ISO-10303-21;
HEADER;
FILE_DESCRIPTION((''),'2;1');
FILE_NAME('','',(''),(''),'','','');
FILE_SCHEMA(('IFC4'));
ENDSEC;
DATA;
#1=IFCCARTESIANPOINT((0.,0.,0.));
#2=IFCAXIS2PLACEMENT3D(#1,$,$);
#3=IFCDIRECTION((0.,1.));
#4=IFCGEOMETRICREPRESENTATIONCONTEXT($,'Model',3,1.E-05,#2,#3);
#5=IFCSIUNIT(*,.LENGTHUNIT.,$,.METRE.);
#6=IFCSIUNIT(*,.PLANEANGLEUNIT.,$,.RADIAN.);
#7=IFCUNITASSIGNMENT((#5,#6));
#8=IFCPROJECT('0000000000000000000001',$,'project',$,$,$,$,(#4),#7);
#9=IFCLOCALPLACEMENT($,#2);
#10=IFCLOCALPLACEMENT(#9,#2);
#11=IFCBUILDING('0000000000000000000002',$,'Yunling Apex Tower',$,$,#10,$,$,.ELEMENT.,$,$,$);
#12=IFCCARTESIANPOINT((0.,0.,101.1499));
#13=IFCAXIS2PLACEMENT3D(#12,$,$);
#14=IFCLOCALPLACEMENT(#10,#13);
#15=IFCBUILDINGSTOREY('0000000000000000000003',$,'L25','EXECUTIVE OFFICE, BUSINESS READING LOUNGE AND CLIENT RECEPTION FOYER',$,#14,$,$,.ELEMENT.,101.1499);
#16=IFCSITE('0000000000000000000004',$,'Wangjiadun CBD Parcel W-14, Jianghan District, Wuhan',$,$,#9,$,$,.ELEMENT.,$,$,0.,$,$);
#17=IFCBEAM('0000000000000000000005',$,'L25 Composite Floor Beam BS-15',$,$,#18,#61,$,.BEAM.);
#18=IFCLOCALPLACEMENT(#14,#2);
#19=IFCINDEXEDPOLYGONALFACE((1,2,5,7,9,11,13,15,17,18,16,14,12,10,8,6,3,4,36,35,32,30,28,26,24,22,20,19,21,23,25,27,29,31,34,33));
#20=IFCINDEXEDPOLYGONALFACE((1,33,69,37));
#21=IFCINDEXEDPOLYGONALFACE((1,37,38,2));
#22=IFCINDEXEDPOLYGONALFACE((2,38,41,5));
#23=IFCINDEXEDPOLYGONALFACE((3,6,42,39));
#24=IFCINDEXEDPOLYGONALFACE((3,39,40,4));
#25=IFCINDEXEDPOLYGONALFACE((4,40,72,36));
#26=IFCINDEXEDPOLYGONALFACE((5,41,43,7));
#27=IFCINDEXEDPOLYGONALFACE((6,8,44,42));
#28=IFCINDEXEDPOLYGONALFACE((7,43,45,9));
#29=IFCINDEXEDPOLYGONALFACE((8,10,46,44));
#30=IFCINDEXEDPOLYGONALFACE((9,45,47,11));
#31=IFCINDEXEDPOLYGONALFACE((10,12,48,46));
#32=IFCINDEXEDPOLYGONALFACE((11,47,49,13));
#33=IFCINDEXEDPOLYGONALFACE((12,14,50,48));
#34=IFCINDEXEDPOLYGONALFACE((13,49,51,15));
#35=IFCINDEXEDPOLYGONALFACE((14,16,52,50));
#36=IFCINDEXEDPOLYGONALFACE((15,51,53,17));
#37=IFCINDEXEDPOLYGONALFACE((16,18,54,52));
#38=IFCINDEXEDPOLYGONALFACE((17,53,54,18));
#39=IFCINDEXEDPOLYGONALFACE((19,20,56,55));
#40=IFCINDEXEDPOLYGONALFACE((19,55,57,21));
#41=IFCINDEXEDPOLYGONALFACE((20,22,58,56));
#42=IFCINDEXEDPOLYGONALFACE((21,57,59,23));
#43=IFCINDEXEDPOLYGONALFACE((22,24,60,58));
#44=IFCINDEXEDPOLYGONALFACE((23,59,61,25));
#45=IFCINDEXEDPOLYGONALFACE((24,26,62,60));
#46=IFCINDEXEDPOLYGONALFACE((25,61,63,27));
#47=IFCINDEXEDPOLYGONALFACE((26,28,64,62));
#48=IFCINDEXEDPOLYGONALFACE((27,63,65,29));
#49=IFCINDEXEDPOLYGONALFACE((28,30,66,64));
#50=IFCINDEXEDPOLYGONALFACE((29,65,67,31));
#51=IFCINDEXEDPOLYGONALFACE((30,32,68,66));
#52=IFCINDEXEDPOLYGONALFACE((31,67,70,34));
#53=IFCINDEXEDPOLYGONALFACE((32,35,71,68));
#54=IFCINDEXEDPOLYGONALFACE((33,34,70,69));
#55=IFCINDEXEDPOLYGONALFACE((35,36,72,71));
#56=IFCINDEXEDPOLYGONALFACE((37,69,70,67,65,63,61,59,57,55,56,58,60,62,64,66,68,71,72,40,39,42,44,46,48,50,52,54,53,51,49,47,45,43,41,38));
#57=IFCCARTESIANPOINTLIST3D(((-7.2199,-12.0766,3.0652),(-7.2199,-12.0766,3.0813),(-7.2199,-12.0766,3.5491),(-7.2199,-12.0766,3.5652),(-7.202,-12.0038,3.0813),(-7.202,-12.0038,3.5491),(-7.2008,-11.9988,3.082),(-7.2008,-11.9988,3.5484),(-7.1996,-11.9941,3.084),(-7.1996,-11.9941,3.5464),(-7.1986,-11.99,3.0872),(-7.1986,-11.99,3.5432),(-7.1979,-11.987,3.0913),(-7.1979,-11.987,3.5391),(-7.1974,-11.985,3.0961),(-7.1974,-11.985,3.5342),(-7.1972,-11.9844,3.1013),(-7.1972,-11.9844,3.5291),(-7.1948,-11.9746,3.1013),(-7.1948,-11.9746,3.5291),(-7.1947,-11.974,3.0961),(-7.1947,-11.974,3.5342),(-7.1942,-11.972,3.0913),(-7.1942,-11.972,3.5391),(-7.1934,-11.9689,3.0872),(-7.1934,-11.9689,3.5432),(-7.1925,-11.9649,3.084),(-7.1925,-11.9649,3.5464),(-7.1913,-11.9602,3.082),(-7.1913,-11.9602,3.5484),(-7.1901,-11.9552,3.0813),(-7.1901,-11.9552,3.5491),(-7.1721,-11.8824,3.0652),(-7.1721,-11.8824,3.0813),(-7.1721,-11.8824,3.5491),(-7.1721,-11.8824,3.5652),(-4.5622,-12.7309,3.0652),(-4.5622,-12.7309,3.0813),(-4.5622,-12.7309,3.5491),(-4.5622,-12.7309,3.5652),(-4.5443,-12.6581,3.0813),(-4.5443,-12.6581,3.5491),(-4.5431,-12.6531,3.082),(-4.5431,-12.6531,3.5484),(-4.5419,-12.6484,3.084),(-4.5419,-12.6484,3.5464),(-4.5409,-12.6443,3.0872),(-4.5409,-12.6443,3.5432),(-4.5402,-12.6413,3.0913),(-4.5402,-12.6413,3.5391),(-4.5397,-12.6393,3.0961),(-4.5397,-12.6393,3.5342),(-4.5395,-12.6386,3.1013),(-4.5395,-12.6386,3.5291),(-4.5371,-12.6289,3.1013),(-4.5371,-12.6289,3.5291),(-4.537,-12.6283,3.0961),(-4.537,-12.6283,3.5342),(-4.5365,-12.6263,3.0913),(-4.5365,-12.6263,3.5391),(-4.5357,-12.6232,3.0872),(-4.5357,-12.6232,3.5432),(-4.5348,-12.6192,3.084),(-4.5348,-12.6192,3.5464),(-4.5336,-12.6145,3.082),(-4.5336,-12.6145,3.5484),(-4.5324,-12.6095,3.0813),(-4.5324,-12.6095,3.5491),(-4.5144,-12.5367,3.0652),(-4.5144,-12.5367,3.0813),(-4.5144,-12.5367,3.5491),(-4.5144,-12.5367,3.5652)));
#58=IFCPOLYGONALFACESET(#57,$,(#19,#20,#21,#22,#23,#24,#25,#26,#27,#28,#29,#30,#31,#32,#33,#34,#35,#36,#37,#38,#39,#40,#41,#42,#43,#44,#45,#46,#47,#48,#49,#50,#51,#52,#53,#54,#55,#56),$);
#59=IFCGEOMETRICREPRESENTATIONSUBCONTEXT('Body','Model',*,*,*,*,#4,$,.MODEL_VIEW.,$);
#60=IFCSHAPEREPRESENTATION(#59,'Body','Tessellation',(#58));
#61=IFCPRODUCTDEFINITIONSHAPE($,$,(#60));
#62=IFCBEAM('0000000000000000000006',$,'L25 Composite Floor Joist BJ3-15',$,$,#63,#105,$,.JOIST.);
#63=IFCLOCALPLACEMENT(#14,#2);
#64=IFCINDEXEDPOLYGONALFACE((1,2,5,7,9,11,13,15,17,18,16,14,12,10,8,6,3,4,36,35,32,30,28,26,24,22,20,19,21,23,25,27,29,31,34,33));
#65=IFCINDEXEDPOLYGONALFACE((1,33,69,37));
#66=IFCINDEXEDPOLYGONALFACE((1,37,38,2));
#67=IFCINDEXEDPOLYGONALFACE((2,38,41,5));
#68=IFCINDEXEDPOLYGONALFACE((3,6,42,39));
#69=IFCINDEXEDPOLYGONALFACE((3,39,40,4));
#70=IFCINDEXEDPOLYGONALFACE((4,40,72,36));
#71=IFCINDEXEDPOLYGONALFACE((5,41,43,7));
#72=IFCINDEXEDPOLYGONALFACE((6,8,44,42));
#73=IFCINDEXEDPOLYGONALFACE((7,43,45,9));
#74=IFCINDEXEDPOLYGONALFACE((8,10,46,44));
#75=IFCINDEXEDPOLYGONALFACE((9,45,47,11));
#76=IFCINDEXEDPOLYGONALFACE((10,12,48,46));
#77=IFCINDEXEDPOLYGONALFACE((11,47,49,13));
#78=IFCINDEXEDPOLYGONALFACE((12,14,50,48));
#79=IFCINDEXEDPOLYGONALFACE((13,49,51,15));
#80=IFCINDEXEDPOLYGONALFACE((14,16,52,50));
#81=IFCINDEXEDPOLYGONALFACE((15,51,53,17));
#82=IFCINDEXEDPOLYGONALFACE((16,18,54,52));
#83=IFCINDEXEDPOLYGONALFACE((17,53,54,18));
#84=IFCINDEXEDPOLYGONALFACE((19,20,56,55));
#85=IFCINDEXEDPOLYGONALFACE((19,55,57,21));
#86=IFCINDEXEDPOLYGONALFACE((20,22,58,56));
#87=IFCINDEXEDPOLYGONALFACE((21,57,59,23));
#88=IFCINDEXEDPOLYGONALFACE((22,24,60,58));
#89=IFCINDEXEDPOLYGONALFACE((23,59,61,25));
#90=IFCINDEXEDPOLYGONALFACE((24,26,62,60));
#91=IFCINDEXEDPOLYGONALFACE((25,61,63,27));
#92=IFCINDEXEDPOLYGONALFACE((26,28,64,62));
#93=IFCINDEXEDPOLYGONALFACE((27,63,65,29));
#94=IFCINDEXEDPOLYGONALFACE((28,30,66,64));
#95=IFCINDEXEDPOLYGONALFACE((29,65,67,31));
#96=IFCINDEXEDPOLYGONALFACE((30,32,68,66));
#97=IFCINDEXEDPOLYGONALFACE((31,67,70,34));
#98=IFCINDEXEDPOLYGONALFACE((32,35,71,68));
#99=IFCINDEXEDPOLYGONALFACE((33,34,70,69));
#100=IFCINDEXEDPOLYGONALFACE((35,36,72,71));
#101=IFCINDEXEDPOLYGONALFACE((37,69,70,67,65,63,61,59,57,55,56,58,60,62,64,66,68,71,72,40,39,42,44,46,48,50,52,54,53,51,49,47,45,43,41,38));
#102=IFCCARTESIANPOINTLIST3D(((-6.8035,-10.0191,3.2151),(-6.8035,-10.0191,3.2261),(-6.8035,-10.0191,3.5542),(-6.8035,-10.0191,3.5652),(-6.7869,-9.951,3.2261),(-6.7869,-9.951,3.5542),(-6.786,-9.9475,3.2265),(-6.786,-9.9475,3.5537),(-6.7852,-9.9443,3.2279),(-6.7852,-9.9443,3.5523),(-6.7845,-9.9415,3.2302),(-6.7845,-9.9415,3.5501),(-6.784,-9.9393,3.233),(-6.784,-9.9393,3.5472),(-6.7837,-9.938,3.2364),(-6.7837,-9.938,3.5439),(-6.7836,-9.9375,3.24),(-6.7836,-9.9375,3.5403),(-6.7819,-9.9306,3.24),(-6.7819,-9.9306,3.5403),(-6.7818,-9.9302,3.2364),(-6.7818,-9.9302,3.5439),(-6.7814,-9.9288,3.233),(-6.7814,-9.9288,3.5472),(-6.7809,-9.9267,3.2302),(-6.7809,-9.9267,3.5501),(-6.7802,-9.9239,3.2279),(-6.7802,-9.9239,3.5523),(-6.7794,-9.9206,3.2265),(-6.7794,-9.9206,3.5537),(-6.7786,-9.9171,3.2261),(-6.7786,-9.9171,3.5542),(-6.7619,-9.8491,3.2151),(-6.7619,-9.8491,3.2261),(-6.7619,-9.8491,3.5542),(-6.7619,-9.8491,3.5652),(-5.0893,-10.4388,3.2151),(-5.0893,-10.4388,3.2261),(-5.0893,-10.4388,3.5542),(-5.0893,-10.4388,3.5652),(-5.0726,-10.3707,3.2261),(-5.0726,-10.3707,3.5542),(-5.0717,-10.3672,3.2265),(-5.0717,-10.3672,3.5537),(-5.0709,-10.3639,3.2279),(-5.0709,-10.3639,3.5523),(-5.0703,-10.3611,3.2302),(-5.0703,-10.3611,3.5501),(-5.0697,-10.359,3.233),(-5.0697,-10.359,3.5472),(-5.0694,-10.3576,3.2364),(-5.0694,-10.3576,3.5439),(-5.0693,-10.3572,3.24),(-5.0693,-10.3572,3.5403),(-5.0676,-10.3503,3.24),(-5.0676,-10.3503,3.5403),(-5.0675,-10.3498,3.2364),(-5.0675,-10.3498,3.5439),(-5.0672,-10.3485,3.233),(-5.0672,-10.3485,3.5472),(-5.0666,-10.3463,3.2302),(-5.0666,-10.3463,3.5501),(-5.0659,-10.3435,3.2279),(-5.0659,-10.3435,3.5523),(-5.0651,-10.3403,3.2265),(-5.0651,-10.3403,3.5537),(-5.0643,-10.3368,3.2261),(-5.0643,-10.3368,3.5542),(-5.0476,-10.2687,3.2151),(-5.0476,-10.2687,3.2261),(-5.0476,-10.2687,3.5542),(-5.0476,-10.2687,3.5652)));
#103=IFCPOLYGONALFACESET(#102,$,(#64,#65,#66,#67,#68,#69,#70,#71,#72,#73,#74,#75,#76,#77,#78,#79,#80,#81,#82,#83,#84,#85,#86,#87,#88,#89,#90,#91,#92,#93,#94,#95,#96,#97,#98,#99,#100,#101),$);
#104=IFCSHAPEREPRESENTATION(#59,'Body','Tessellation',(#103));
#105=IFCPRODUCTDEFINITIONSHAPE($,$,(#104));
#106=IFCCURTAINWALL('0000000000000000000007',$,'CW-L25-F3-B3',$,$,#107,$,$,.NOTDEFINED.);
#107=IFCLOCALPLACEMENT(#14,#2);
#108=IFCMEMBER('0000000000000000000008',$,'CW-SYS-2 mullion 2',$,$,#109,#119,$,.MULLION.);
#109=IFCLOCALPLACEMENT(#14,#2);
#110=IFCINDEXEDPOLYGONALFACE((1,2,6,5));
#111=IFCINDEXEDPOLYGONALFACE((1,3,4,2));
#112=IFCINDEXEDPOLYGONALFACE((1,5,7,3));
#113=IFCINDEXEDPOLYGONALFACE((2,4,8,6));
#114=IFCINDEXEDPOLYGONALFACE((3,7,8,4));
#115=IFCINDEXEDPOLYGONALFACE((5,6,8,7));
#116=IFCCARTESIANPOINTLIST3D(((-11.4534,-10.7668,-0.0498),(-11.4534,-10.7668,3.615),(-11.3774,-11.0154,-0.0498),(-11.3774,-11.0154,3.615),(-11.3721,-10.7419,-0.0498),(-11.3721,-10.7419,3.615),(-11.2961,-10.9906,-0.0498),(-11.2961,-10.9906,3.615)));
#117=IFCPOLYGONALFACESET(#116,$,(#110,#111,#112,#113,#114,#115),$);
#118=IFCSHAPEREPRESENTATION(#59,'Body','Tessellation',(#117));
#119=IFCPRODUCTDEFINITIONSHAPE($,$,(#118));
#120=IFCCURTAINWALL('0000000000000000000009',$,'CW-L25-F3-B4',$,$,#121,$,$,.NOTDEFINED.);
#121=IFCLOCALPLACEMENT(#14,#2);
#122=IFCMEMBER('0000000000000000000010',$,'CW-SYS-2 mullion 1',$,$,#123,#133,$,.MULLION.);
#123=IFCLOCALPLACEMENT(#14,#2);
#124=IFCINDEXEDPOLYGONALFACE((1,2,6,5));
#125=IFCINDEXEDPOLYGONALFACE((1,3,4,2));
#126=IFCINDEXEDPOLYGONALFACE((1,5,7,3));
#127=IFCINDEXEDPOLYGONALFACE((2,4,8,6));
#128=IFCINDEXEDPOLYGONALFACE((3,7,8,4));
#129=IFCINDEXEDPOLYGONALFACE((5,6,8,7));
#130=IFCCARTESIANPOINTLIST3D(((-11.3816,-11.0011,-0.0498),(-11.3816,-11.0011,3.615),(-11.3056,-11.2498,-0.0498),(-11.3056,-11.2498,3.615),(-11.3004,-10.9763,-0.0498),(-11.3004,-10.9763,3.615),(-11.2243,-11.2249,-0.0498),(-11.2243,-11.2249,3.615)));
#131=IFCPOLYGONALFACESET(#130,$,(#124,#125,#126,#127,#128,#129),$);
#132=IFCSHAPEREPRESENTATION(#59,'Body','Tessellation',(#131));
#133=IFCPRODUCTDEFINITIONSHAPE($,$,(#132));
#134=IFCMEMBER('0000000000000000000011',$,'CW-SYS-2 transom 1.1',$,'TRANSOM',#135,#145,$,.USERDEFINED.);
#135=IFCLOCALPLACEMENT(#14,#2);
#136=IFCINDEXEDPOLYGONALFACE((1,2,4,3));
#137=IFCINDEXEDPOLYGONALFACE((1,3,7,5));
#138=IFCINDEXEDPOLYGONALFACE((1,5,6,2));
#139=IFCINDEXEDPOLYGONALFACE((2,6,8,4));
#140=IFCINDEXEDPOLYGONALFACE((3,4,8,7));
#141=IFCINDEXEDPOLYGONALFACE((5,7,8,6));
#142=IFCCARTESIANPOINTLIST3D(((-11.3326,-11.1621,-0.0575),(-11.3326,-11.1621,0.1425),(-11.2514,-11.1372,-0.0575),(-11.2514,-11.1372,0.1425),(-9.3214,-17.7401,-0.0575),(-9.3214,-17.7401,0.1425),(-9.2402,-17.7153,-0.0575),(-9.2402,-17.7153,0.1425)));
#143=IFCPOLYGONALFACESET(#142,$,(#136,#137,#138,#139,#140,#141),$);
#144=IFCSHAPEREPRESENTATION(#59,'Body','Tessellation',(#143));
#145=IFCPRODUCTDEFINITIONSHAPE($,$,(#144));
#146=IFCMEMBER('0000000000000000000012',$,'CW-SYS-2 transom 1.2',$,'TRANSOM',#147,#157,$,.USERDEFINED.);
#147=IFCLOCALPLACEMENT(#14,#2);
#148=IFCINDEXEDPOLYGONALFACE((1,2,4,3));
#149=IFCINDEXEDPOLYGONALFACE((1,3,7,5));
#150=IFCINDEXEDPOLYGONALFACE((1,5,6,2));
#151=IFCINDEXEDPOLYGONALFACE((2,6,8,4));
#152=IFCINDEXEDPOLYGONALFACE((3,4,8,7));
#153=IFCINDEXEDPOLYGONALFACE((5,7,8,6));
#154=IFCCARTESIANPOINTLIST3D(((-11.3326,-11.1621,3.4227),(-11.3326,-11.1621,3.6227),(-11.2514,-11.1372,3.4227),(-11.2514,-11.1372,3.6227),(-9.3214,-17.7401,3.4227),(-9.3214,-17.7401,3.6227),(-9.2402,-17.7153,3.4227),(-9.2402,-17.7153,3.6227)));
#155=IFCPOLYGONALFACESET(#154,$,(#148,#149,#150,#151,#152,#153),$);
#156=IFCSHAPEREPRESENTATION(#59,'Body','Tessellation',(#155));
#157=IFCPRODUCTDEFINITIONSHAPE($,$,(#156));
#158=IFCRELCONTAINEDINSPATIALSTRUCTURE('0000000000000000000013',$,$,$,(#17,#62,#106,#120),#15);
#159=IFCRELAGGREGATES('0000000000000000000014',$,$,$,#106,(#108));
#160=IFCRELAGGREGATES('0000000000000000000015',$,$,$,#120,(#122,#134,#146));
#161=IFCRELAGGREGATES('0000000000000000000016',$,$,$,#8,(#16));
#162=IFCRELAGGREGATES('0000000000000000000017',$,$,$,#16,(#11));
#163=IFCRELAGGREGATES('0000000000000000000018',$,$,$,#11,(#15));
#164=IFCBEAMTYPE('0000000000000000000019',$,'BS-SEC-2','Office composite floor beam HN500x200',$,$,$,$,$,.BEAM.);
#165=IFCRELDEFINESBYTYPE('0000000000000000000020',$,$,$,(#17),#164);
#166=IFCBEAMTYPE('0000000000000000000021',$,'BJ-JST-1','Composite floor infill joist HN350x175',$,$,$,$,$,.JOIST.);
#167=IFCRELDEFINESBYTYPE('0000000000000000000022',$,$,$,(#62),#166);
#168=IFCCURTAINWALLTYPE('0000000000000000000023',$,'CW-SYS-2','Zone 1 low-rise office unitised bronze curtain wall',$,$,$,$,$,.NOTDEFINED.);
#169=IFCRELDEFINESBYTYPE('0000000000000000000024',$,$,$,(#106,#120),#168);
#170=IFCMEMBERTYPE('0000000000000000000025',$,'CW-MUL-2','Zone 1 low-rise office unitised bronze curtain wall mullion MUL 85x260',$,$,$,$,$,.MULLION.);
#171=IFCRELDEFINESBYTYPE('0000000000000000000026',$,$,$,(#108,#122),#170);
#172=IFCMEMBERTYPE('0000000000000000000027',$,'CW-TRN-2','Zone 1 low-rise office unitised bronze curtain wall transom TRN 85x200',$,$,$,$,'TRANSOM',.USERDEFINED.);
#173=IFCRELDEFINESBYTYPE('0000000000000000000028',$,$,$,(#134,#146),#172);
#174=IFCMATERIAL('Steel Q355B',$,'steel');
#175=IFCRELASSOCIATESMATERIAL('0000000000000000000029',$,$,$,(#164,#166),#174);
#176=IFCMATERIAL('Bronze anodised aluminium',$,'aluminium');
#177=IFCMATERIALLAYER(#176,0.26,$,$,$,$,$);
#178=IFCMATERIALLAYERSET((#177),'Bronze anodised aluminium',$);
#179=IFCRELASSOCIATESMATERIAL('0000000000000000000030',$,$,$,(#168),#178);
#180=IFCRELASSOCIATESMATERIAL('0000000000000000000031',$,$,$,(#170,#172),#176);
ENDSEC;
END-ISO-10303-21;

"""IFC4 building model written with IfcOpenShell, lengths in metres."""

from ifc_helpers import new_model, si_unit, direction, frame, origin, origin_2d, place, context, subcontext, project, spatial, rectangle, i_section, extrude, source, transform, mapped, material, layer, layer_set, material_profile, profile_set, type_object, element, aggregate, save


model = new_model("IFC4")

# Units and contexts
model_context = context("Model", 3, precision=1e-05, world=origin(), true_north=direction((0.0, 1.0)))
body_context = subcontext(model_context, "Body", "Model", "MODEL_VIEW")
ifc_project = project(units=[si_unit("LENGTHUNIT", "METRE"), si_unit("PLANEANGLEUNIT", "RADIAN")], contexts=[model_context])

# Site, building, storey
site_placement = place(None, origin())
site = spatial("IfcSite", under=ifc_project, at=site_placement, Name="Wangjiadun CBD Parcel W-14, Jianghan District, Wuhan", CompositionType="ELEMENT", RefElevation=0.0)
building_placement = place(site_placement, origin())
building = spatial("IfcBuilding", under=site, at=building_placement, Name="Yunling Apex Tower", CompositionType="ELEMENT")
storey_placement = place(building_placement, frame((0.0, 0.0, 101.1499)))
storey = spatial("IfcBuildingStorey", under=building, at=storey_placement, Name="L25", Description="EXECUTIVE OFFICE, BUSINESS READING LOUNGE AND CLIENT RECEPTION FOYER", CompositionType="ELEMENT", Elevation=101.1499)

# Beams
ifc_material_1 = material(Name="Steel Q355B", Category="steel")
ifc_material_profile_1 = material_profile(ifc_material_1, i_section(OverallWidth=0.2, OverallDepth=0.5, WebThickness=0.01, FlangeThickness=0.0161, FilletRadius=0.02, at=origin_2d()))
ifc_profile_set_1 = profile_set([ifc_material_profile_1], Name="Steel Q355B")
beam_type_1 = type_object("IfcBeamType", Name="BS-SEC-2", Description="Office composite floor beam HN500x200", PredefinedType="BEAM", material=ifc_profile_set_1)
ifc_material_profile_2 = material_profile(ifc_material_1, i_section(OverallWidth=0.175, OverallDepth=0.3501, WebThickness=0.0071, FlangeThickness=0.011, FilletRadius=0.0139, at=origin_2d()))
ifc_profile_set_2 = profile_set([ifc_material_profile_2], Name="Steel Q355B")
beam_type_2 = type_object("IfcBeamType", Name="BJ-JST-1", Description="Composite floor infill joist HN350x175", PredefinedType="JOIST", material=ifc_profile_set_2)
shared_shape_1 = source(origin(), body_context, "Body", "SweptSolid", [
    extrude(i_section(OverallWidth=0.2, OverallDepth=0.5, WebThickness=0.01, FlangeThickness=0.0161, FilletRadius=0.02, at=origin_2d()), origin(), (0.0, 0.0, 1.0), 2.7371),
])
beam_1_placement = place(storey_placement, frame((-7.196, -11.9795, 3.3152), z_axis=(0.971007, -0.23905, 0.0), x_axis=(0.23905, 0.971007, 0.0)))
element("IfcBeam", 1, at=beam_1_placement, inside=storey, type_object=beam_type_1, Name="L25 Composite Floor Beam BS-15", PredefinedType="BEAM", context=body_context, shape_type="MappedRepresentation", body=[
    mapped(shared_shape_1, transform((0.0, 0.0, 0.0), scale=1.0)),
])
shared_shape_2 = source(origin(), body_context, "Body", "SweptSolid", [
    extrude(i_section(OverallWidth=0.175, OverallDepth=0.3501, WebThickness=0.0071, FlangeThickness=0.011, FilletRadius=0.0139, at=origin_2d()), origin(), (0.0, 0.0, 1.0), 1.7649),
])
beam_2_placement = place(storey_placement, frame((-6.7827, -9.9341, 3.3901), z_axis=(0.971319, -0.237781, 0.0), x_axis=(0.237781, 0.971319, 0.0)))
element("IfcBeam", 2, at=beam_2_placement, inside=storey, type_object=beam_type_2, Name="L25 Composite Floor Joist BJ3-15", PredefinedType="JOIST", context=body_context, shape_type="MappedRepresentation", body=[
    mapped(shared_shape_2, transform((0.0, 0.0, 0.0), scale=1.0)),
])

# Curtain wall, member
ifc_material_2 = material(Name="Bronze anodised aluminium", Category="aluminium")
ifc_layer_1 = layer(ifc_material_2, 0.26)
ifc_layer_set_1 = layer_set([ifc_layer_1], Name="Bronze anodised aluminium")
curtain_wall_type = type_object("IfcCurtainWallType", Name="CW-SYS-2", Description="Zone 1 low-rise office unitised bronze curtain wall", PredefinedType="NOTDEFINED", material=ifc_layer_set_1)
curtain_wall_1_placement = place(storey_placement, origin())
curtain_wall_1 = element("IfcCurtainWall", 3, at=curtain_wall_1_placement, inside=storey, type_object=curtain_wall_type, Name="CW-L25-F3-B3", PredefinedType="NOTDEFINED")
ifc_material_profile_3 = material_profile(ifc_material_2, rectangle(XDim=0.085, YDim=0.26, at=origin_2d()))
ifc_profile_set_3 = profile_set([ifc_material_profile_3], Name="Bronze anodised aluminium")
member_type_1 = type_object("IfcMemberType", Name="CW-MUL-2", Description="Zone 1 low-rise office unitised bronze curtain wall mullion MUL 85x260", PredefinedType="MULLION", material=ifc_profile_set_3)
shared_shape_3 = source(origin(), body_context, "Body", "SweptSolid", [
    extrude(rectangle(XDim=0.085, YDim=0.26, at=origin_2d()), origin(), (0.0, 0.0, 1.0), 3.6648),
])
member_1_placement = place(storey_placement, frame((-11.3748, -10.8787, -0.0498), z_axis=(0.0, 0.0, 1.0), x_axis=(0.956304, 0.292373, 0.0)))
member_1 = element("IfcMember", 4, at=member_1_placement, type_object=member_type_1, Name="CW-SYS-2 mullion 2", PredefinedType="MULLION", context=body_context, shape_type="MappedRepresentation", body=[
    mapped(shared_shape_3, transform((0.0, 0.0, 0.0), scale=1.0)),
])
aggregate(curtain_wall_1, [member_1])

# Curtain wall, members
curtain_wall_2_placement = place(storey_placement, origin())
curtain_wall_2 = element("IfcCurtainWall", 5, at=curtain_wall_2_placement, inside=storey, type_object=curtain_wall_type, Name="CW-L25-F3-B4", PredefinedType="NOTDEFINED")
member_2_placement = place(storey_placement, frame((-11.303, -11.113, -0.0498), z_axis=(0.0, 0.0, 1.0), x_axis=(0.956304, 0.292373, 0.0)))
member_2 = element("IfcMember", 6, at=member_2_placement, type_object=member_type_1, Name="CW-SYS-2 mullion 1", PredefinedType="MULLION", context=body_context, shape_type="MappedRepresentation", body=[
    mapped(shared_shape_3, transform((0.0, 0.0, 0.0), scale=1.0)),
])
ifc_material_profile_4 = material_profile(ifc_material_2, rectangle(XDim=0.085, YDim=0.2, at=origin_2d()))
ifc_profile_set_4 = profile_set([ifc_material_profile_4], Name="Bronze anodised aluminium")
member_type_2 = type_object("IfcMemberType", Name="CW-TRN-2", Description="Zone 1 low-rise office unitised bronze curtain wall transom TRN 85x200", ElementType="TRANSOM", PredefinedType="USERDEFINED", material=ifc_profile_set_4)
shared_shape_4 = source(origin(), body_context, "Body", "SweptSolid", [
    extrude(rectangle(XDim=0.085, YDim=0.2, at=origin_2d()), origin(), (0.0, 0.0, 1.0), 6.8787),
])
member_3_placement = place(storey_placement, frame((-11.292, -11.1497, 0.0425), z_axis=(0.292384, -0.956301, 0.0), x_axis=(0.956301, 0.292384, 0.0)))
member_3 = element("IfcMember", 7, at=member_3_placement, type_object=member_type_2, Name="CW-SYS-2 transom 1.1", ObjectType="TRANSOM", PredefinedType="USERDEFINED", context=body_context, shape_type="MappedRepresentation", body=[
    mapped(shared_shape_4, transform((0.0, 0.0, 0.0), scale=1.0)),
])
member_4_placement = place(storey_placement, frame((-11.292, -11.1497, 3.5227), z_axis=(0.292384, -0.956301, 0.0), x_axis=(0.956301, 0.292384, 0.0)))
member_4 = element("IfcMember", 8, at=member_4_placement, type_object=member_type_2, Name="CW-SYS-2 transom 1.2", ObjectType="TRANSOM", PredefinedType="USERDEFINED", context=body_context, shape_type="MappedRepresentation", body=[
    mapped(shared_shape_4, transform((0.0, 0.0, 0.0), scale=1.0)),
])
aggregate(curtain_wall_2, [member_2, member_3, member_4])

save(model, "model.ifc")
